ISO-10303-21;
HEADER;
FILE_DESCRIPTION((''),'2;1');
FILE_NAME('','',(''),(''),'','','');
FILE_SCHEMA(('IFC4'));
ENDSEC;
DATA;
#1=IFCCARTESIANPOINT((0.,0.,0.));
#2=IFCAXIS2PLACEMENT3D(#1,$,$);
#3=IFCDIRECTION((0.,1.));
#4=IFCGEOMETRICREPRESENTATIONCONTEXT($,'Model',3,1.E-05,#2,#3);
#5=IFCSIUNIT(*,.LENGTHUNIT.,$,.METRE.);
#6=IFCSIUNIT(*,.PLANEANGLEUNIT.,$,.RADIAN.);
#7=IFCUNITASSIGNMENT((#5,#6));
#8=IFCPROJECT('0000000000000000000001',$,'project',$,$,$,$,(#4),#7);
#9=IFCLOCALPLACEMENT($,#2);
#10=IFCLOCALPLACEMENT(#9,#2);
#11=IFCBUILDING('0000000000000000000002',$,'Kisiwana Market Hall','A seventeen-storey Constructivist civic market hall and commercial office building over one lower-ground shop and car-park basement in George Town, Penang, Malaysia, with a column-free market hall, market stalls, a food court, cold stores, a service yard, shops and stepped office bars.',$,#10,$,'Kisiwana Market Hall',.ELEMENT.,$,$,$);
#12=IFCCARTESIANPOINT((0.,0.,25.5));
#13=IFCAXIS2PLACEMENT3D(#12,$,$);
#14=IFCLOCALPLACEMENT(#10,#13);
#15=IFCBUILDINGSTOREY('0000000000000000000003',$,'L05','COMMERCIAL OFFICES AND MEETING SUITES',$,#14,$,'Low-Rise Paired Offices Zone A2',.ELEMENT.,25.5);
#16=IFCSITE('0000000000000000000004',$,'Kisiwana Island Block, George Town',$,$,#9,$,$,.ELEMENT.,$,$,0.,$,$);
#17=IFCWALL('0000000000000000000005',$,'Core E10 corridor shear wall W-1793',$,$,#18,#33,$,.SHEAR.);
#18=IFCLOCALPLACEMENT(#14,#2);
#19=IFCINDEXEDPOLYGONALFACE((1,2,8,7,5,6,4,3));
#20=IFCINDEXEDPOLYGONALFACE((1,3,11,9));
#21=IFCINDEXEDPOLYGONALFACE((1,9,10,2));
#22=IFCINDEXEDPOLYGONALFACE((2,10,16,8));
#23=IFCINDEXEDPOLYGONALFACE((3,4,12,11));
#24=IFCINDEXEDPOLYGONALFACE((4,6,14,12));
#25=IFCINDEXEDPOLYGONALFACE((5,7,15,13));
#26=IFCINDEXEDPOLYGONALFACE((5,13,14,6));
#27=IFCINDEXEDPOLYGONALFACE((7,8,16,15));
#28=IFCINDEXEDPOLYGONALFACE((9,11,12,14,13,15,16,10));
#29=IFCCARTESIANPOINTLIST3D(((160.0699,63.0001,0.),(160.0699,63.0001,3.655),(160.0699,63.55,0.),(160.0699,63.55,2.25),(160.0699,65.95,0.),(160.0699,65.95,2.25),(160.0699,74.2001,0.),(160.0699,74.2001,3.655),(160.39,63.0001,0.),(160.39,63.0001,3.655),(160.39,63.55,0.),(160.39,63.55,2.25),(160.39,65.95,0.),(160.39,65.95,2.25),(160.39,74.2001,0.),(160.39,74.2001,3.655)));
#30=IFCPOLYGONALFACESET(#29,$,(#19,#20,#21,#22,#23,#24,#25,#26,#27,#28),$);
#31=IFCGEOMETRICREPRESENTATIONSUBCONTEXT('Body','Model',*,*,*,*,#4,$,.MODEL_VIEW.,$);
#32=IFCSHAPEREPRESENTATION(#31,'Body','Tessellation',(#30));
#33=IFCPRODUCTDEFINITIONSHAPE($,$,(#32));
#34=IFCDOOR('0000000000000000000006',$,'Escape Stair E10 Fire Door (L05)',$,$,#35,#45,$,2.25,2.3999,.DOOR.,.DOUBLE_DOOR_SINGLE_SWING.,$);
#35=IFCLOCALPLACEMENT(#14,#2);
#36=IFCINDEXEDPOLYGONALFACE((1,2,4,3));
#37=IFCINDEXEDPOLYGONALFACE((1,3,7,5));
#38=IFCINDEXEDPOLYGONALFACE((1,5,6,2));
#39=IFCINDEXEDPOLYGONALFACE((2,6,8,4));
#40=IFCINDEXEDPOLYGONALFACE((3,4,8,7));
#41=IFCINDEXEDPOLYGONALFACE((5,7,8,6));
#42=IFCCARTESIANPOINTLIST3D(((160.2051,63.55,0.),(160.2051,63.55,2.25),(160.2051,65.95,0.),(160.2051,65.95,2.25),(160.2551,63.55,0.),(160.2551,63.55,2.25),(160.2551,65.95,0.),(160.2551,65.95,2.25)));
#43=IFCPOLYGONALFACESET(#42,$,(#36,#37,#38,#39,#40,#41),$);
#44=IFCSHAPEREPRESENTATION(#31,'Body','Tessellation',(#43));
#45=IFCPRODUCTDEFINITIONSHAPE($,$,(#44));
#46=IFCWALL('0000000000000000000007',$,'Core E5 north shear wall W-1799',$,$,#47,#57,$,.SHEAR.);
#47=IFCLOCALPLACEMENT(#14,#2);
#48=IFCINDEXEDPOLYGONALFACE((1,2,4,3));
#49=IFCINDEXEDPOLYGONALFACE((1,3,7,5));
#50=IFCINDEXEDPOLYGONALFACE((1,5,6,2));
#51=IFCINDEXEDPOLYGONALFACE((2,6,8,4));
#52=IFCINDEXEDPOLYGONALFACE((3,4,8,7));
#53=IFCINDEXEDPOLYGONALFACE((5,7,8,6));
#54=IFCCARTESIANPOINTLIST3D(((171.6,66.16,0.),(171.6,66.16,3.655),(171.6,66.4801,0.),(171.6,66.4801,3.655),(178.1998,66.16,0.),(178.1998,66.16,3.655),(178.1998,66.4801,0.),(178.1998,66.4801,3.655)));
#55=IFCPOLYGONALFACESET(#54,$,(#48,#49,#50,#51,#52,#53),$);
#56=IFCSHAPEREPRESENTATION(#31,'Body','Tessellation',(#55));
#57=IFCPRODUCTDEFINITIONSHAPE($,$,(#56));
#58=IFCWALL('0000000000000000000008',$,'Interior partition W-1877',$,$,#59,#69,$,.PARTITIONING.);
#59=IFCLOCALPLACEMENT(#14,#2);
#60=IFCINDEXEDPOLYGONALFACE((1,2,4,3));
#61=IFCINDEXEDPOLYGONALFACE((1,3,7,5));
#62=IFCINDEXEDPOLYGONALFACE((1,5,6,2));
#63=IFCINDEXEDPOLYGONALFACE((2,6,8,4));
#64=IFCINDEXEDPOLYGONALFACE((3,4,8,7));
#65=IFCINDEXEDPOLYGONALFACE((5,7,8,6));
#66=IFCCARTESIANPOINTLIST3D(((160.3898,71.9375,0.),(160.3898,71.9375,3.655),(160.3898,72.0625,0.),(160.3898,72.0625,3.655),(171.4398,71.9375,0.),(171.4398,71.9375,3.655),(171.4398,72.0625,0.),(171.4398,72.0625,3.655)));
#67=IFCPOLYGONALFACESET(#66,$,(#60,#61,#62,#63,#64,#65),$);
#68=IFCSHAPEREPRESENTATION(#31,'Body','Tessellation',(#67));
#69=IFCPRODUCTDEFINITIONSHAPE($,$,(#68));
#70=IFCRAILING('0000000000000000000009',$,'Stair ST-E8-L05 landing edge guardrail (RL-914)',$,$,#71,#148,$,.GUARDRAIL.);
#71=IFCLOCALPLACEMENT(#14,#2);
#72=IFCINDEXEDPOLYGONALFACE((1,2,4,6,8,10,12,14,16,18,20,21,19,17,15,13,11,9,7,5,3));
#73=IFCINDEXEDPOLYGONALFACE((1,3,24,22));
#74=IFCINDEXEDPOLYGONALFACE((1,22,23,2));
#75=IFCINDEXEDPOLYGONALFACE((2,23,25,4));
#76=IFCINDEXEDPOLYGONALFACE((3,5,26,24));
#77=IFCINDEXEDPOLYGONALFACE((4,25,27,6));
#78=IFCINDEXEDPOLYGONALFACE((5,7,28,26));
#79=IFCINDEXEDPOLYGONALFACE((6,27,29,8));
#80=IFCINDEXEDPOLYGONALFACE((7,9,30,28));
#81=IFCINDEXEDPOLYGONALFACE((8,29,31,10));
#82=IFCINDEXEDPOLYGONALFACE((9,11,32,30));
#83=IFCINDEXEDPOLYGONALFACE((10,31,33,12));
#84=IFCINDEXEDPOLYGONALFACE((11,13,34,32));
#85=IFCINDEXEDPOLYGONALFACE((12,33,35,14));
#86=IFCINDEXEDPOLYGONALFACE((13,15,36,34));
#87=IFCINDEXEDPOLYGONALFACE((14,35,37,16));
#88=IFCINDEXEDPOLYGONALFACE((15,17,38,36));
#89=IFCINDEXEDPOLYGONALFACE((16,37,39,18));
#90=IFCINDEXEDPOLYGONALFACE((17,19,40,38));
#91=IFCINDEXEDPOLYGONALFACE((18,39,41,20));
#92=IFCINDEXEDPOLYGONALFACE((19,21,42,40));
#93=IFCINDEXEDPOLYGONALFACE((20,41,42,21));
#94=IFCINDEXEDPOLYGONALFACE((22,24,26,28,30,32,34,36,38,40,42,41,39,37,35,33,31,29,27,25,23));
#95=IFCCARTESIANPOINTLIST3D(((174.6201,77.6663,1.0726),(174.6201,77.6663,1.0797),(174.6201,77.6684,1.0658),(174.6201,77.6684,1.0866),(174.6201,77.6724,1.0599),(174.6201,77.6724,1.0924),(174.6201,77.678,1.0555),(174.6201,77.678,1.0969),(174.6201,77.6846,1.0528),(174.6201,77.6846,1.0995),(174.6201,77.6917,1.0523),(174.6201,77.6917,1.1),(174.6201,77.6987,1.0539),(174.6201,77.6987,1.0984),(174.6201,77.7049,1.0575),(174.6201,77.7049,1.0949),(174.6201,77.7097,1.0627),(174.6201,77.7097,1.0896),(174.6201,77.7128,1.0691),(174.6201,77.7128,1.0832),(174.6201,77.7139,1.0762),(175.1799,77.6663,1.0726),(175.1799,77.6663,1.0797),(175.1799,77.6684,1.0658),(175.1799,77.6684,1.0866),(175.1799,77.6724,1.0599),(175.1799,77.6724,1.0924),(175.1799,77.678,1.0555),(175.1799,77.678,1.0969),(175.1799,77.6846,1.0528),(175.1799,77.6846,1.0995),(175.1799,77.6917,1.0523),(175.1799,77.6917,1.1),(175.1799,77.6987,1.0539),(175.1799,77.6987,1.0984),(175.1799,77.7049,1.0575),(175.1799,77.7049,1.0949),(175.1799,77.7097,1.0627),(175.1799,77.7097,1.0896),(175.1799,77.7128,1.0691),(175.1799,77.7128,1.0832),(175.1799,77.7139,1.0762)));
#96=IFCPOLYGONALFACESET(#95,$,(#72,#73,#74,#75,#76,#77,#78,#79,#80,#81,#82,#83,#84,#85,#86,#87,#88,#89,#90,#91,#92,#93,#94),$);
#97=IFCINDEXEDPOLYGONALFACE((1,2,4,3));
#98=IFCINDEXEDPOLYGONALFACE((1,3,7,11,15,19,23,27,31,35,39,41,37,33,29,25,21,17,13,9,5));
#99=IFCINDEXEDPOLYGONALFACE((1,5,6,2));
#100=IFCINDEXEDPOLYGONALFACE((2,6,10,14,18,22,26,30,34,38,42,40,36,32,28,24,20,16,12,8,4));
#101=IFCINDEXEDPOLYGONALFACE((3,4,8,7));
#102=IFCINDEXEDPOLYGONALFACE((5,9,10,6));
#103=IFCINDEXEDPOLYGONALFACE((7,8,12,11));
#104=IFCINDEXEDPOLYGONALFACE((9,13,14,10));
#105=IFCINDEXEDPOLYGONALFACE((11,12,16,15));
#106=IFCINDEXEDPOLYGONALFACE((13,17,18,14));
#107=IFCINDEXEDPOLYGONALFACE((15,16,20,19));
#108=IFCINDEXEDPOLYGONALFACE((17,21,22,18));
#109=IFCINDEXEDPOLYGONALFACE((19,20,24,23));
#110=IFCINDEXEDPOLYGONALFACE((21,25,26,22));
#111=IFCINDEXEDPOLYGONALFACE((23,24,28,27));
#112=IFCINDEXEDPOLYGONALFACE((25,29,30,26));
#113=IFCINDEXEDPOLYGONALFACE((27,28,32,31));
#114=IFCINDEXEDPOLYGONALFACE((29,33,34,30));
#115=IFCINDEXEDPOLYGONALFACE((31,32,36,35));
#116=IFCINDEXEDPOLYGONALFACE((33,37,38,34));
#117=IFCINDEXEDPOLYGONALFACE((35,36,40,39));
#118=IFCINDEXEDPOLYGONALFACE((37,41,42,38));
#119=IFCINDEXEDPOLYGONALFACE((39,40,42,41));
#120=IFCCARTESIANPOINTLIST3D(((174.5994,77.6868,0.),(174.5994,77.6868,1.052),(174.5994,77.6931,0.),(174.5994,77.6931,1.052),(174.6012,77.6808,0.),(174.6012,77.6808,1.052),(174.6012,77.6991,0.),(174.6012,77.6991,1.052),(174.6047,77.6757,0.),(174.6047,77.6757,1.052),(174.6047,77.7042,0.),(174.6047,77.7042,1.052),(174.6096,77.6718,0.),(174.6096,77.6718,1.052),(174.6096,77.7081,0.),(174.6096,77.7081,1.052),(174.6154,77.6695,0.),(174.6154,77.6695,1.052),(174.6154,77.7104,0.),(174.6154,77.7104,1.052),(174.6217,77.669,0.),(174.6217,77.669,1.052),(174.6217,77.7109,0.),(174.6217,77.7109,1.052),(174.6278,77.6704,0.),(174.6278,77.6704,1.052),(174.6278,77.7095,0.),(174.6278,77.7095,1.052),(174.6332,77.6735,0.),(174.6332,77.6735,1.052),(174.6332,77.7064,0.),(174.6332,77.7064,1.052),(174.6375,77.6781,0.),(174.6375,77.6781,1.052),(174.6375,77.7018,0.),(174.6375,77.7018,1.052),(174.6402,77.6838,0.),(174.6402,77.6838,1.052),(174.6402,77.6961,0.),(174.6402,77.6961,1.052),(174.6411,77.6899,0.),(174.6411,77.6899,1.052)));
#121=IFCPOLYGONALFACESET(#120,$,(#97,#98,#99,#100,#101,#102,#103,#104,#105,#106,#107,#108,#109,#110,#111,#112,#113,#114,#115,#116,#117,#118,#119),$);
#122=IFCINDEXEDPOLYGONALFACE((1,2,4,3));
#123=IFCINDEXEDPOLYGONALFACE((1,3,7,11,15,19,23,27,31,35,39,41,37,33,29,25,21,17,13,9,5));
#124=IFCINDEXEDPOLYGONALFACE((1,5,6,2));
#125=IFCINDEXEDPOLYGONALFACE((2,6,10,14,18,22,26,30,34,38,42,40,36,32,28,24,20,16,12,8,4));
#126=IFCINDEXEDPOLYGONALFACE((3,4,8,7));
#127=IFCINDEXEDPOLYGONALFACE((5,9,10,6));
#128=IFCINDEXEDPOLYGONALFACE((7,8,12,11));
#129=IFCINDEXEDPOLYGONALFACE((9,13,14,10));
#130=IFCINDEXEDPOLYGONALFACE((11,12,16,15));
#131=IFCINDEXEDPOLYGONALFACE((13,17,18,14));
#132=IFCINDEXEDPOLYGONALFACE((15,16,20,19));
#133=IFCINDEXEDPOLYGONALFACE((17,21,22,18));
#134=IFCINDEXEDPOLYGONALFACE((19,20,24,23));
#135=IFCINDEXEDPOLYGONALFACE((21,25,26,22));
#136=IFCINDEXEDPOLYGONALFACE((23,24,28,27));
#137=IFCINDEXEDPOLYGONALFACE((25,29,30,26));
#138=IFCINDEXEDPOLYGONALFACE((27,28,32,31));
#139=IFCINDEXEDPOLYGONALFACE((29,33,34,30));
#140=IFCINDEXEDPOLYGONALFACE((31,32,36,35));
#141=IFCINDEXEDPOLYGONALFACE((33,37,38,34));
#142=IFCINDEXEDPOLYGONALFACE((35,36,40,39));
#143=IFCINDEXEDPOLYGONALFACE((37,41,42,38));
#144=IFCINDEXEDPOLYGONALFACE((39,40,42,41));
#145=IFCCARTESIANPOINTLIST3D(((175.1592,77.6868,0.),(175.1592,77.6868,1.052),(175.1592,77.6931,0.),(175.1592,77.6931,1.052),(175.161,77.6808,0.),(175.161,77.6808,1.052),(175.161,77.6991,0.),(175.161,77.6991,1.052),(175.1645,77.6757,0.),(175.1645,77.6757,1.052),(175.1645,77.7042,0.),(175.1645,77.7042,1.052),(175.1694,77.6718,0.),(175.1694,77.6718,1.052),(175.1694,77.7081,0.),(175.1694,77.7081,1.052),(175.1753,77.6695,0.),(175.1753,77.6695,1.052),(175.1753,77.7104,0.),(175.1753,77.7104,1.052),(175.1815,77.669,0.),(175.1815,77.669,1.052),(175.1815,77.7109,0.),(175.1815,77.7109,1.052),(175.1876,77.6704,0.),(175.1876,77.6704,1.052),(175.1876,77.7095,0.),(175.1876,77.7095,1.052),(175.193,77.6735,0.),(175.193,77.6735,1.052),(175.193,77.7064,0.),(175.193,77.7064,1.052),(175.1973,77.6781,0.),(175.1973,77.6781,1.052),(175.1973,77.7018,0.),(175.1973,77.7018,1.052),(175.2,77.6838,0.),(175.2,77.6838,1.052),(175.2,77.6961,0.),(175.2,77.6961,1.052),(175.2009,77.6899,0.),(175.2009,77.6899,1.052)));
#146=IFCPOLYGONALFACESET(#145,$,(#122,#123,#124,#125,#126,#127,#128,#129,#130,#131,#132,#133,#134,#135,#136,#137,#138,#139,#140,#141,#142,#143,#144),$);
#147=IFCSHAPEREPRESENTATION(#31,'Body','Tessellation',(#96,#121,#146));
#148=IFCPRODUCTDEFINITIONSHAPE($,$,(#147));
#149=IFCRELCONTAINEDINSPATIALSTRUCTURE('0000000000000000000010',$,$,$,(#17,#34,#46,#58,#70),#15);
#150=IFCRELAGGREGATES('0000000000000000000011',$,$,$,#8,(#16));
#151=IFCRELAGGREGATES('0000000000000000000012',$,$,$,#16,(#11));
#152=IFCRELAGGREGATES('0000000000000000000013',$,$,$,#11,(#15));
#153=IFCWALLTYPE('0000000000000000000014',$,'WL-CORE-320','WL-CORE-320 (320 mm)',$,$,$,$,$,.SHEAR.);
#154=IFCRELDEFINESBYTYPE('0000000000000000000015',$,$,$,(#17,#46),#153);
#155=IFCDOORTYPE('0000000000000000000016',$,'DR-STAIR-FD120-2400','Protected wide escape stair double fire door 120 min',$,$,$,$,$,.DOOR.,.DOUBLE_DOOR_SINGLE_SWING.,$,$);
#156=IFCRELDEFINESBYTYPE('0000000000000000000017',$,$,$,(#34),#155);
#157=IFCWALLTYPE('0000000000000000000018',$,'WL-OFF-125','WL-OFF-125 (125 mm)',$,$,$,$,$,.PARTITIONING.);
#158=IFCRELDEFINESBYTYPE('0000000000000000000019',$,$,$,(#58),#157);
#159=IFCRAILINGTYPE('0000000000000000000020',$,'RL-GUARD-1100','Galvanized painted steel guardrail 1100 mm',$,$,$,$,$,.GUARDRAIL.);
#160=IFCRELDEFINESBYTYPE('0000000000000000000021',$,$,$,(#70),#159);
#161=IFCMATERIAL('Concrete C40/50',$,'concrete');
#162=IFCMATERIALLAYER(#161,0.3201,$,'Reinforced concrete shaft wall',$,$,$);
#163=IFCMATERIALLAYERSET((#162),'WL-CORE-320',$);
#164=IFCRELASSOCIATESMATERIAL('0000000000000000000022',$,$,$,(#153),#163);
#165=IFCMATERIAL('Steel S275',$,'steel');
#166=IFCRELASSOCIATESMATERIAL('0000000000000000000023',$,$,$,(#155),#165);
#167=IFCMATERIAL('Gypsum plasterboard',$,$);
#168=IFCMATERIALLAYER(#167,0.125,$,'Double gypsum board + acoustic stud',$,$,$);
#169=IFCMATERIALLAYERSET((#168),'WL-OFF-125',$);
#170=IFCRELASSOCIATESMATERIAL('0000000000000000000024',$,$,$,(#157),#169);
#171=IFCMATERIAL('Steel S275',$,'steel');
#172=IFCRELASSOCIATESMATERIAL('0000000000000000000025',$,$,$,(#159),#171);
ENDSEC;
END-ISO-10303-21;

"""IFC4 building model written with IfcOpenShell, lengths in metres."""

from ifc_helpers import new_model, si_unit, direction, frame, frame_2d, origin, origin_2d, place, context, subcontext, project, spatial, rectangle, circle, extrude, material, layer, layer_set, type_object, element, fill, save


model = new_model("IFC4")

# Units and contexts
model_context = context("Model", 3, precision=1e-05, world=origin(), true_north=direction((0.0, 1.0)))
body_context = subcontext(model_context, "Body", "Model", "MODEL_VIEW")
ifc_project = project(units=[si_unit("LENGTHUNIT", "METRE"), si_unit("PLANEANGLEUNIT", "RADIAN")], contexts=[model_context])

# Site, building, storey
site_placement = place(None, origin())
site = spatial("IfcSite", under=ifc_project, at=site_placement, Name="Kisiwana Island Block, George Town", CompositionType="ELEMENT", RefElevation=0.0)
building_placement = place(site_placement, origin())
building = spatial("IfcBuilding", under=site, at=building_placement, Name="Kisiwana Market Hall", Description="A seventeen-storey Constructivist civic market hall and commercial office building over one lower-ground shop and car-park basement in George Town, Penang, Malaysia, with a column-free market hall, market stalls, a food court, cold stores, a service yard, shops and stepped office bars.", LongName="Kisiwana Market Hall", CompositionType="ELEMENT")
storey_placement = place(building_placement, frame((0.0, 0.0, 25.5)))
storey = spatial("IfcBuildingStorey", under=building, at=storey_placement, Name="L05", Description="COMMERCIAL OFFICES AND MEETING SUITES", LongName="Low-Rise Paired Offices Zone A2", CompositionType="ELEMENT", Elevation=25.5)

# Shared definitions
ifc_material_1 = material(Name="Concrete C40/50", Category="concrete")
ifc_layer_1 = layer(ifc_material_1, 0.3201, Name="Reinforced concrete shaft wall")
ifc_layer_set_1 = layer_set([ifc_layer_1], Name="WL-CORE-320")
wall_type_1 = type_object("IfcWallType", Name="WL-CORE-320", Description="WL-CORE-320 (320 mm)", PredefinedType="SHEAR", material=ifc_layer_set_1)

# Wall, opening, door
wall_1_placement = place(storey_placement, frame((160.23, 63.0, 0.0), z_axis=(0.0, 0.0, 1.0), x_axis=(0.0, 1.0, 0.0)))
wall_1 = element("IfcWall", 1, at=wall_1_placement, inside=storey, type_object=wall_type_1, Name="Core E10 corridor shear wall W-1793", PredefinedType="SHEAR", context=body_context, shape_type="SweptSolid", body=[
    extrude(rectangle(XDim=11.2, YDim=0.3201, at=frame_2d((5.6001, 0.0))), origin(), (0.0, 0.0, 1.0), 3.655),
])
opening_placement = place(wall_1_placement, frame((0.55, 0.0, 0.0)))
opening = element("IfcOpeningElement", 2, at=opening_placement, cuts=wall_1, PredefinedType="OPENING", context=body_context, shape_type="SweptSolid", body=[
    extrude(rectangle(XDim=2.3999, YDim=2.25, at=frame_2d((1.2, 1.125))), frame((0.0, 0.1719, 0.0), z_axis=(0.0, -1.0, 0.0), x_axis=(1.0, 0.0, 0.0)), (0.0, 0.0, 1.0), 0.344),
])
ifc_material_2 = material(Name="Steel S275", Category="steel")
door_type = type_object("IfcDoorType", Name="DR-STAIR-FD120-2400", Description="Protected wide escape stair double fire door 120 min", OperationType="DOUBLE_DOOR_SINGLE_SWING", PredefinedType="DOOR", material=ifc_material_2)
door_placement = place(opening_placement, origin())
door = element("IfcDoor", 3, at=door_placement, inside=storey, type_object=door_type, Name="Escape Stair E10 Fire Door (L05)", OperationType="DOUBLE_DOOR_SINGLE_SWING", OverallHeight=2.25, OverallWidth=2.3999, PredefinedType="DOOR", context=body_context, shape_type="SweptSolid", body=[
    extrude(rectangle(XDim=2.3999, YDim=2.25, at=frame_2d((1.2, 1.125))), frame((0.0, 0.0249, 0.0), z_axis=(0.0, -1.0, 0.0), x_axis=(1.0, 0.0, 0.0)), (0.0, 0.0, 1.0), 0.05),
])
fill(opening, door)

# Walls
wall_2_placement = place(storey_placement, frame((171.6001, 66.3201, 0.0), z_axis=(0.0, 0.0, 1.0), x_axis=(1.0, 0.0, 0.0)))
element("IfcWall", 4, at=wall_2_placement, inside=storey, type_object=wall_type_1, Name="Core E5 north shear wall W-1799", PredefinedType="SHEAR", context=body_context, shape_type="SweptSolid", body=[
    extrude(rectangle(XDim=6.5999, YDim=0.3201, at=frame_2d((3.2998, 0.0))), origin(), (0.0, 0.0, 1.0), 3.655),
])
ifc_material_3 = material(Name="Gypsum plasterboard")
ifc_layer_2 = layer(ifc_material_3, 0.125, Name="Double gypsum board + acoustic stud")
ifc_layer_set_2 = layer_set([ifc_layer_2], Name="WL-OFF-125")
wall_type_2 = type_object("IfcWallType", Name="WL-OFF-125", Description="WL-OFF-125 (125 mm)", PredefinedType="PARTITIONING", material=ifc_layer_set_2)
wall_3_placement = place(storey_placement, frame((160.3899, 72.0, 0.0), z_axis=(0.0, 0.0, 1.0), x_axis=(1.0, 0.0, 0.0)))
element("IfcWall", 5, at=wall_3_placement, inside=storey, type_object=wall_type_2, Name="Interior partition W-1877", PredefinedType="PARTITIONING", context=body_context, shape_type="SweptSolid", body=[
    extrude(rectangle(XDim=11.05, YDim=0.125, at=frame_2d((5.5249, 0.0))), origin(), (0.0, 0.0, 1.0), 3.655),
])

# Railing
ifc_material_4 = material(Name="Steel S275", Category="steel")
railing_type_1 = type_object("IfcRailingType", Name="RL-GUARD-1100", Description="Galvanized painted steel guardrail 1100 mm", PredefinedType="GUARDRAIL", material=ifc_material_4)
railing_1_placement = place(storey_placement, frame((174.6201, 77.6899, 0.0)))
element("IfcRailing", 6, at=railing_1_placement, inside=storey, type_object=railing_type_1, Name="Stair ST-E8-L05 landing edge guardrail (RL-914)", PredefinedType="GUARDRAIL", context=body_context, shape_type="SweptSolid", body=[
    extrude(circle(Radius=0.0239, at=origin_2d()), frame((0.0, 0.0, 1.0762), z_axis=(1.0, 0.0, 0.0), x_axis=(0.0, 1.0, 0.0)), (0.0, 0.0, 1.0), 0.5598),
    extrude(circle(Radius=0.021, at=origin_2d()), origin(), (0.0, 0.0, 1.0), 1.052),
    extrude(circle(Radius=0.021, at=origin_2d()), frame((0.5598, 0.0, 0.0)), (0.0, 0.0, 1.0), 1.052),
])

save(model, "model.ifc")
